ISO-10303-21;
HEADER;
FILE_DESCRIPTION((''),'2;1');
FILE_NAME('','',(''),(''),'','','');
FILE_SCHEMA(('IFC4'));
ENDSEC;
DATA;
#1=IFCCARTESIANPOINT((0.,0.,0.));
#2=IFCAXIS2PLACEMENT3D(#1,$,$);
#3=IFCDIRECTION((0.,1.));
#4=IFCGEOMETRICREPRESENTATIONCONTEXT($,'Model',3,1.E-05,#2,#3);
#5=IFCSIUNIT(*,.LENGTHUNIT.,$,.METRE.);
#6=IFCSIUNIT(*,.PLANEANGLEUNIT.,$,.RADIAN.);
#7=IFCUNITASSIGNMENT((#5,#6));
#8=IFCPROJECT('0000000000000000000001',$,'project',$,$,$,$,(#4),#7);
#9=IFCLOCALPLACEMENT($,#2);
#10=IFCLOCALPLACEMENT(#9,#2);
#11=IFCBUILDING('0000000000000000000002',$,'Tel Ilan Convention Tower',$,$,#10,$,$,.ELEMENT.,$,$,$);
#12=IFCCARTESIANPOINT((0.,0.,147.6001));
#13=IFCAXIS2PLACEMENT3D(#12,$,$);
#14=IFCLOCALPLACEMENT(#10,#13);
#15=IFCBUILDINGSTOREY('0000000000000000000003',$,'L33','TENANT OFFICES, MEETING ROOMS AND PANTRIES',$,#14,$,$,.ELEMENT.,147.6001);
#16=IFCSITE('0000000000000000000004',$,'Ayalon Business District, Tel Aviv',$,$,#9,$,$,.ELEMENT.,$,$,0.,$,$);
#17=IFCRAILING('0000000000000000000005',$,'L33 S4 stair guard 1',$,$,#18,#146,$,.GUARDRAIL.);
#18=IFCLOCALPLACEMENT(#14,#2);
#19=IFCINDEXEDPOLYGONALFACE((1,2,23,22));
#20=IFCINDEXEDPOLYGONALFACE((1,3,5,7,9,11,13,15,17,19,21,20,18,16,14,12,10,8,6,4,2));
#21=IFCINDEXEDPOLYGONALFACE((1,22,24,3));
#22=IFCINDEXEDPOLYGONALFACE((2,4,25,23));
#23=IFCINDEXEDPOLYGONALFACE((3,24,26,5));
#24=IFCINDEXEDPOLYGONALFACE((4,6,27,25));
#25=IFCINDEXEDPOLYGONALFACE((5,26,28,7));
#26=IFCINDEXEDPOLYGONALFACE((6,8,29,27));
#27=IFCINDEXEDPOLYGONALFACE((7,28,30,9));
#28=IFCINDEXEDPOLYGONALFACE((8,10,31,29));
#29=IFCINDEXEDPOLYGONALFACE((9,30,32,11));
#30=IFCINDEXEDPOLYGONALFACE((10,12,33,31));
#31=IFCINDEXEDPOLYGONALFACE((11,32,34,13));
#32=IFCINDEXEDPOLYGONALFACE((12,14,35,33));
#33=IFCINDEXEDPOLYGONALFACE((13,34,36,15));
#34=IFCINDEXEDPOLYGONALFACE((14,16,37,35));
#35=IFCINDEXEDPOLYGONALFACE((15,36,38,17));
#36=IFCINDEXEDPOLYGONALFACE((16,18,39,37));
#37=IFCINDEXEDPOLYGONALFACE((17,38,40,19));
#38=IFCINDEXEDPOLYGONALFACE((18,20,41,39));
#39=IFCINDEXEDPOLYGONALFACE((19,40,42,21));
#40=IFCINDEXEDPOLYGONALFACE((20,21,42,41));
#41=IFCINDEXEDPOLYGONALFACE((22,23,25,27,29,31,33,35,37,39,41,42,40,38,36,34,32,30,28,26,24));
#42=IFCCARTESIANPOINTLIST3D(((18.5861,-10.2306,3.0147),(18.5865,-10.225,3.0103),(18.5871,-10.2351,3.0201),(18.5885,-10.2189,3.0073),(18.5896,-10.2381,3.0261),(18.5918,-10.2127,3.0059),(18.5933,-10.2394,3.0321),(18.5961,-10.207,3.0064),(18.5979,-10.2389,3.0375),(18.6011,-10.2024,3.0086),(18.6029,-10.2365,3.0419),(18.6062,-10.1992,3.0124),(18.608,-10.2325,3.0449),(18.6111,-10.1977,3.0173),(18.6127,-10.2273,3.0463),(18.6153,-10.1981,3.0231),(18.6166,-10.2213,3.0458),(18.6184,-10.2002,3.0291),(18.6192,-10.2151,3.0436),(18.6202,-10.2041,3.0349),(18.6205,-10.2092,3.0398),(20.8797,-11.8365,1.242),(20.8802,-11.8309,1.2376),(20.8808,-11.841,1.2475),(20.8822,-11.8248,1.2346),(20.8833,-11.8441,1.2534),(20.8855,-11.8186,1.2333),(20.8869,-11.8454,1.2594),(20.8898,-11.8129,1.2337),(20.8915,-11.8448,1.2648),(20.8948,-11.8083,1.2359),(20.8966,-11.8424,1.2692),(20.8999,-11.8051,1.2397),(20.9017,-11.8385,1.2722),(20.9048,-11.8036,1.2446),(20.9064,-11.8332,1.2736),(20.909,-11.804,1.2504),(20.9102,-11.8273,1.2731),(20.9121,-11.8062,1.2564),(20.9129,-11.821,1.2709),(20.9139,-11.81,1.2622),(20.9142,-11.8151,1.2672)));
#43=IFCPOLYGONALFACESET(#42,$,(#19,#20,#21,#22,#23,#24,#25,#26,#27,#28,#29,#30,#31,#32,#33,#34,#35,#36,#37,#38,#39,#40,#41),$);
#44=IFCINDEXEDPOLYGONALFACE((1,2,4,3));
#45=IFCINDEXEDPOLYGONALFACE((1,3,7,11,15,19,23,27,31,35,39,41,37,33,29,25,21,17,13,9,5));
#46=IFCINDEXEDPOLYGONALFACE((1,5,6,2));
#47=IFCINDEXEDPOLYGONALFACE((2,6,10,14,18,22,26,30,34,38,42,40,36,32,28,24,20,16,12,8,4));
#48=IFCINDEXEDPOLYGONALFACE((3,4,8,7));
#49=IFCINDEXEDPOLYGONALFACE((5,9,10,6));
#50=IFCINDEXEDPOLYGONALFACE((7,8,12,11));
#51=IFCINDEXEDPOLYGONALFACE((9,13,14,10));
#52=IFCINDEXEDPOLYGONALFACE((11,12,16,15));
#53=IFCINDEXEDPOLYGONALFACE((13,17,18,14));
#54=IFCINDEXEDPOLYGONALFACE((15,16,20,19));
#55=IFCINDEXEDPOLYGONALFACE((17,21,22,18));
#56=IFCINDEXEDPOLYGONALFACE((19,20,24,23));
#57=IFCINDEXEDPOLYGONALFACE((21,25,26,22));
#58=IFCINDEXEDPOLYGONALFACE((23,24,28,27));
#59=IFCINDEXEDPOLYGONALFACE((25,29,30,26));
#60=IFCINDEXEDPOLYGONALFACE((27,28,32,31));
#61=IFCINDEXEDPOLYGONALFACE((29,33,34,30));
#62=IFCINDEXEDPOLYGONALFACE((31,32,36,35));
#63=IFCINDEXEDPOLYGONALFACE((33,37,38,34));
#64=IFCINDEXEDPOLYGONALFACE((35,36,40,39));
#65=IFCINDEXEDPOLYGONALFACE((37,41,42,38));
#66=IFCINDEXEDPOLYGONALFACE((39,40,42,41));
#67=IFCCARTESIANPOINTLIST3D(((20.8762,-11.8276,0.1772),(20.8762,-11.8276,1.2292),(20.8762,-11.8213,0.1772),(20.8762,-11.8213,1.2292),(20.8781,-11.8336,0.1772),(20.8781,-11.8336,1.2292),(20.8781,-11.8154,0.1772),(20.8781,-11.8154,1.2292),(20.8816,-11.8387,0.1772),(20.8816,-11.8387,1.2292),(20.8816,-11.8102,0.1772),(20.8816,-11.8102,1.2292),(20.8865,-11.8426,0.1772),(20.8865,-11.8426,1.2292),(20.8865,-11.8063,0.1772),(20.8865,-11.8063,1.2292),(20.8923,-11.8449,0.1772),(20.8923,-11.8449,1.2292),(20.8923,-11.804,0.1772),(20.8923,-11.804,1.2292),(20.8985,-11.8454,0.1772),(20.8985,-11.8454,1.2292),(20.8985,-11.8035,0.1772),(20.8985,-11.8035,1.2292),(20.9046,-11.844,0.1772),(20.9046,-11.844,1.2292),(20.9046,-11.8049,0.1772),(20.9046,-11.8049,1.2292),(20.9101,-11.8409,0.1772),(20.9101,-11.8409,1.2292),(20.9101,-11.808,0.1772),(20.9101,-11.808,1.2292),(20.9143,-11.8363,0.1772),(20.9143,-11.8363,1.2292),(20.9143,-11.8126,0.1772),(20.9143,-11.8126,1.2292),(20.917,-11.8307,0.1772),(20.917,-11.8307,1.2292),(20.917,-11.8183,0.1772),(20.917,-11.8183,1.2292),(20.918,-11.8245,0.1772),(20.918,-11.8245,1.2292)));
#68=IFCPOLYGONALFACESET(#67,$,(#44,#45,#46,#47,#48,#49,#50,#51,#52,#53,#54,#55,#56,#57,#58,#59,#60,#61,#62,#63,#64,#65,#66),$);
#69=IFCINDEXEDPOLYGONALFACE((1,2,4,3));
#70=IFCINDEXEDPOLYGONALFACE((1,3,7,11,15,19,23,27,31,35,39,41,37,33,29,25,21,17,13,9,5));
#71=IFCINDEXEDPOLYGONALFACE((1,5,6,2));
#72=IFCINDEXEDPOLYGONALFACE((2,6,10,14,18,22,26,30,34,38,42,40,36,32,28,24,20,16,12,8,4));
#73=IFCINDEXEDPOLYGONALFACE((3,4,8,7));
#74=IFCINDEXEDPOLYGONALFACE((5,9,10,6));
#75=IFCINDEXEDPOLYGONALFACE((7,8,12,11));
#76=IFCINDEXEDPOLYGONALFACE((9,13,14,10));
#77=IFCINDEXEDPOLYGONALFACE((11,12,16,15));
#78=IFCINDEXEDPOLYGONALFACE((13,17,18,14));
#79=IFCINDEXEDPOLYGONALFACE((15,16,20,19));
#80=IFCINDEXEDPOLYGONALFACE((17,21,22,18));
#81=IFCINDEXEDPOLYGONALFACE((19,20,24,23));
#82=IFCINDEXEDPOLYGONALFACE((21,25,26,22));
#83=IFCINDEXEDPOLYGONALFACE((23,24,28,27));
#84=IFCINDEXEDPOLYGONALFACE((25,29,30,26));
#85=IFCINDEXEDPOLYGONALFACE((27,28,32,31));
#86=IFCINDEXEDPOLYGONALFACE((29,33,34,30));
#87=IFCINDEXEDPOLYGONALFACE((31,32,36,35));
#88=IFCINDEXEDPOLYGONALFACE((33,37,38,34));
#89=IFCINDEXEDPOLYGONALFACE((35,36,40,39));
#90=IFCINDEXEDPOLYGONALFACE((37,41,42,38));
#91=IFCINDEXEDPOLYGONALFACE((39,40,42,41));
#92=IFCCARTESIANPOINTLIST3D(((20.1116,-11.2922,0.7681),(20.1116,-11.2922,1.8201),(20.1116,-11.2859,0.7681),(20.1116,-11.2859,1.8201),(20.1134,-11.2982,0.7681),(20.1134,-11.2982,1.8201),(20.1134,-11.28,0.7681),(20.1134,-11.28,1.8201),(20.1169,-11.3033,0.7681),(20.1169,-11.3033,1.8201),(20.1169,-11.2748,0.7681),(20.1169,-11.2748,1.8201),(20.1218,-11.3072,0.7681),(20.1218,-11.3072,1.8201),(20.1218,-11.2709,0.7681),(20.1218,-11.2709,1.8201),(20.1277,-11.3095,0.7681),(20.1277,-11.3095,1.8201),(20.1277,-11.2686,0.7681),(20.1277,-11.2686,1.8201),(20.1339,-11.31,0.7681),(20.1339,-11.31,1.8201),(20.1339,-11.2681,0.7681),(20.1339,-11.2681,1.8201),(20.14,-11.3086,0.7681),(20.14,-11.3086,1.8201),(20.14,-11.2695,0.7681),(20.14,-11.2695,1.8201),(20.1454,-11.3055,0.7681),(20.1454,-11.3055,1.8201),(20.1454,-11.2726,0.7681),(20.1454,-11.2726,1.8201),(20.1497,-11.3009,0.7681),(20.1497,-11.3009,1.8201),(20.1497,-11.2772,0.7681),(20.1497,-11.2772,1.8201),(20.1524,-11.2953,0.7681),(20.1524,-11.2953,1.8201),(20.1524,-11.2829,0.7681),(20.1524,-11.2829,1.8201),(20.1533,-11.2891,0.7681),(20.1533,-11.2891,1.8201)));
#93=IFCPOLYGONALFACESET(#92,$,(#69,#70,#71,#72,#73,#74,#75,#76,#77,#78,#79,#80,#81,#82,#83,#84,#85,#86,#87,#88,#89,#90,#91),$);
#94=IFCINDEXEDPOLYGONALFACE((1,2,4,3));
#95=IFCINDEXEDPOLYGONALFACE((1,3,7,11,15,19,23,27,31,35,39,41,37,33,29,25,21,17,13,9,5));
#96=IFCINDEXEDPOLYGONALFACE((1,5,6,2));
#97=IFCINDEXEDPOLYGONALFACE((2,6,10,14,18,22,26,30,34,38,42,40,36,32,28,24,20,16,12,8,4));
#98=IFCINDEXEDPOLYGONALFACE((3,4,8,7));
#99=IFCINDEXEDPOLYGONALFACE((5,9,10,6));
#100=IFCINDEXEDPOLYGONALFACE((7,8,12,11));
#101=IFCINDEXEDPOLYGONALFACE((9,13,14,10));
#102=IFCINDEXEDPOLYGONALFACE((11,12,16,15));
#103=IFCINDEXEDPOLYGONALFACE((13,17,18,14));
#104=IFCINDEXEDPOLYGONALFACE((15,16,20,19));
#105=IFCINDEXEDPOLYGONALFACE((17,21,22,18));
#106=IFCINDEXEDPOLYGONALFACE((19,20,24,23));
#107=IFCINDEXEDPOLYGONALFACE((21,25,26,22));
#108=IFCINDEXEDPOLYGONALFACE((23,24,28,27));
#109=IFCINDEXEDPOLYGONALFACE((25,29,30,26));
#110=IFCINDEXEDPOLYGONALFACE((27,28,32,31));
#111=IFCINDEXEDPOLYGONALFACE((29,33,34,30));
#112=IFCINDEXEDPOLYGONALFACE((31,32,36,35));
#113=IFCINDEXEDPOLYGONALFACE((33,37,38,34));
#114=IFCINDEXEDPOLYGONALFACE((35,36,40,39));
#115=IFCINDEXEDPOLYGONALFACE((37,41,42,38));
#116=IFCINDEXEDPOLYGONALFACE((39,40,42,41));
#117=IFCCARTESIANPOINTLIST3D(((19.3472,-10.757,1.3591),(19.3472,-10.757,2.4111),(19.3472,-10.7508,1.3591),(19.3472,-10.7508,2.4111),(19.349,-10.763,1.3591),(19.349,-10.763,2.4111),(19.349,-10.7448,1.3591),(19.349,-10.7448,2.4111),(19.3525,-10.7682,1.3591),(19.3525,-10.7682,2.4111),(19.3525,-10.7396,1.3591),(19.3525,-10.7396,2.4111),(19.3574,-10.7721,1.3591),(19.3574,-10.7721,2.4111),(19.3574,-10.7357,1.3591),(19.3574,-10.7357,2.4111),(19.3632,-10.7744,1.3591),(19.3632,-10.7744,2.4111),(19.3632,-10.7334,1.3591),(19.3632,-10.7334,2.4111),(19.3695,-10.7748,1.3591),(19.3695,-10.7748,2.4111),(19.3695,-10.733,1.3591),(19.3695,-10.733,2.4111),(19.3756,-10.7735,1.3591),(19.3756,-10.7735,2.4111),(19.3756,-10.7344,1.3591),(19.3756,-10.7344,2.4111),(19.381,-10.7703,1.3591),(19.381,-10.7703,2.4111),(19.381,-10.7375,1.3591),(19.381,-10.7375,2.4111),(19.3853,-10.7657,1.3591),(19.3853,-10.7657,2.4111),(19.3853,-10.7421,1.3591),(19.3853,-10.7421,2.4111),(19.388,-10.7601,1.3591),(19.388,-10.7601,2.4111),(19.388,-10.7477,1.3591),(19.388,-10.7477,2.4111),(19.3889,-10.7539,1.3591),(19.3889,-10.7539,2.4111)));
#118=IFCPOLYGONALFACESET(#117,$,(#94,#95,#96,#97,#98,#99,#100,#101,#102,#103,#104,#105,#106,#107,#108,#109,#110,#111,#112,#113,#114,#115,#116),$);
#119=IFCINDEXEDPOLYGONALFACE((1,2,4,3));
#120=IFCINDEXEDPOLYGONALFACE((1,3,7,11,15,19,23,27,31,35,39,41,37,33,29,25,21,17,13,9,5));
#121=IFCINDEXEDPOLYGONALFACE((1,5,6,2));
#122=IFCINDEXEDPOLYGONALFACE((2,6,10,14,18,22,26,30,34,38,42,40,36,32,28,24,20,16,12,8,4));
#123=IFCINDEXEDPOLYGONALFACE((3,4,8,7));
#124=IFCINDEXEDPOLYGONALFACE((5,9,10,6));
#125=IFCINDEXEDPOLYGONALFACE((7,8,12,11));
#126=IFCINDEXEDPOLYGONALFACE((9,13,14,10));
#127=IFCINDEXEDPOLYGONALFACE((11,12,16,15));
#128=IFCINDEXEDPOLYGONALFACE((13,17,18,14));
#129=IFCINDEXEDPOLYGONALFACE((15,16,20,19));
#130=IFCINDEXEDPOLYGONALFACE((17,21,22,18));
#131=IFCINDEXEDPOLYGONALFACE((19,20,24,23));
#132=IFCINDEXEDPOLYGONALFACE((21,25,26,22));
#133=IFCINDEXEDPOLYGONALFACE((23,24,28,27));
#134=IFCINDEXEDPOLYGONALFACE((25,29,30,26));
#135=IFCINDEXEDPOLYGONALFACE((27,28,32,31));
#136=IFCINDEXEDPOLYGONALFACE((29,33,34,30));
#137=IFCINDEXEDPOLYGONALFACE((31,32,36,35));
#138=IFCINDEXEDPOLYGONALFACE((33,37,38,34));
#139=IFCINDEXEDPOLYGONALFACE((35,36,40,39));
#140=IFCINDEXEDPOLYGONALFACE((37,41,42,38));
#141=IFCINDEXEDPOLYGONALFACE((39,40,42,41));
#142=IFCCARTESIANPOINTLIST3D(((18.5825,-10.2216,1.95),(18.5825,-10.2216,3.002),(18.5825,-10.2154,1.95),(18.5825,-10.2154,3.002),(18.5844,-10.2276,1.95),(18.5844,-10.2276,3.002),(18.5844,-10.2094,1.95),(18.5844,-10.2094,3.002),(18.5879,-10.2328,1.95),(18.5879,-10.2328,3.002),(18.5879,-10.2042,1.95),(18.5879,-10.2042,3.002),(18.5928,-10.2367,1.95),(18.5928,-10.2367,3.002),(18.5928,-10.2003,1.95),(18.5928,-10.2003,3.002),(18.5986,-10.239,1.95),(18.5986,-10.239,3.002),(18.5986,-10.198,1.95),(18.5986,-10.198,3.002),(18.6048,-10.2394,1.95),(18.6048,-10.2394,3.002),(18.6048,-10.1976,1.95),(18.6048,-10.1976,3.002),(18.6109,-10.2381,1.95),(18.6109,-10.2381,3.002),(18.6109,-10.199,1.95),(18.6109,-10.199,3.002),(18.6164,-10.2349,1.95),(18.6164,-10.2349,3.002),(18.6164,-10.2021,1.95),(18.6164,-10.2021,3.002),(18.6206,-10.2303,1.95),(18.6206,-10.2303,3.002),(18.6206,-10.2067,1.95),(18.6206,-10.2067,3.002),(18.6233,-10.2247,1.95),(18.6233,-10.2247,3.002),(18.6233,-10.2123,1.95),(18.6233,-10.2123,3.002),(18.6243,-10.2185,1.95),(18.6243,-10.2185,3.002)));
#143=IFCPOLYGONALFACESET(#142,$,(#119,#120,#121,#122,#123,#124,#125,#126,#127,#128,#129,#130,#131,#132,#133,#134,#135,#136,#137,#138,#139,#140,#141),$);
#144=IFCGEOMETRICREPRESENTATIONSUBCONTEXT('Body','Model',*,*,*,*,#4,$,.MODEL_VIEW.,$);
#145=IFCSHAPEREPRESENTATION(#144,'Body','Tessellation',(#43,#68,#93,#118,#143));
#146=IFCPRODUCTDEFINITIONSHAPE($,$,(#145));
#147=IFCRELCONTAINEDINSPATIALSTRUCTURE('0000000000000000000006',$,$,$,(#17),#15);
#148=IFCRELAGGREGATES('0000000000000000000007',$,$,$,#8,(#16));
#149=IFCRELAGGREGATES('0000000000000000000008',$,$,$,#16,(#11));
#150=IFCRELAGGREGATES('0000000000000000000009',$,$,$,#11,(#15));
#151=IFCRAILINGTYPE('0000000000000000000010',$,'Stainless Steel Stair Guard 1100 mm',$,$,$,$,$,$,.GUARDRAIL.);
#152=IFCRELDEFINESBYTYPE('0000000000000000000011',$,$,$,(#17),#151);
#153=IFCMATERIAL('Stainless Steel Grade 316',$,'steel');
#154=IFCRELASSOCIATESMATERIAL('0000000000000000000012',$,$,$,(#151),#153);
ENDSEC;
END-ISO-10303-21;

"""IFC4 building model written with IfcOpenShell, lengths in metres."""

from ifc_helpers import new_model, si_unit, direction, frame, origin, origin_2d, place, context, subcontext, project, spatial, circle, extrude, material, type_object, element, save


model = new_model("IFC4")

# Units and contexts
model_context = context("Model", 3, precision=1e-05, world=origin(), true_north=direction((0.0, 1.0)))
body_context = subcontext(model_context, "Body", "Model", "MODEL_VIEW")
ifc_project = project(units=[si_unit("LENGTHUNIT", "METRE"), si_unit("PLANEANGLEUNIT", "RADIAN")], contexts=[model_context])

# Site, building, storey
site_placement = place(None, origin())
site = spatial("IfcSite", under=ifc_project, at=site_placement, Name="Ayalon Business District, Tel Aviv", CompositionType="ELEMENT", RefElevation=0.0)
building_placement = place(site_placement, origin())
building = spatial("IfcBuilding", under=site, at=building_placement, Name="Tel Ilan Convention Tower", CompositionType="ELEMENT")
storey_placement = place(building_placement, frame((0.0, 0.0, 147.6001)))
storey = spatial("IfcBuildingStorey", under=building, at=storey_placement, Name="L33", Description="TENANT OFFICES, MEETING ROOMS AND PANTRIES", CompositionType="ELEMENT", Elevation=147.6001)

# Railing
ifc_material_1 = material(Name="Stainless Steel Grade 316", Category="steel")
railing_type_1 = type_object("IfcRailingType", Name="Stainless Steel Stair Guard 1100 mm", PredefinedType="GUARDRAIL", material=ifc_material_1)
railing_1_placement = place(storey_placement, frame((20.897, -11.8245, 0.1772)))
element("IfcRailing", 1, at=railing_1_placement, inside=storey, type_object=railing_type_1, Name="L33 S4 stair guard 1", PredefinedType="GUARDRAIL", context=body_context, shape_type="SweptSolid", body=[
    extrude(circle(Radius=0.0239, at=origin_2d()), frame((0.0, 0.0, 1.0762), z_axis=(-0.692123, 0.484597, 0.534913), x_axis=(-0.57355, -0.81917, 0.0)), (0.0, 0.0, 1.0), 3.314),
    extrude(circle(Radius=0.021, at=origin_2d()), origin(), (0.0, 0.0, 1.0), 1.052),
    extrude(circle(Radius=0.021, at=origin_2d()), frame((-0.7646, 0.5354, 0.5908)), (0.0, 0.0, 1.0), 1.052),
    extrude(circle(Radius=0.021, at=origin_2d()), frame((-1.5291, 1.0706, 1.1819)), (0.0, 0.0, 1.0), 1.052),
    extrude(circle(Radius=0.021, at=origin_2d()), frame((-2.2937, 1.606, 1.7727)), (0.0, 0.0, 1.0), 1.052),
])

save(model, "model.ifc")
